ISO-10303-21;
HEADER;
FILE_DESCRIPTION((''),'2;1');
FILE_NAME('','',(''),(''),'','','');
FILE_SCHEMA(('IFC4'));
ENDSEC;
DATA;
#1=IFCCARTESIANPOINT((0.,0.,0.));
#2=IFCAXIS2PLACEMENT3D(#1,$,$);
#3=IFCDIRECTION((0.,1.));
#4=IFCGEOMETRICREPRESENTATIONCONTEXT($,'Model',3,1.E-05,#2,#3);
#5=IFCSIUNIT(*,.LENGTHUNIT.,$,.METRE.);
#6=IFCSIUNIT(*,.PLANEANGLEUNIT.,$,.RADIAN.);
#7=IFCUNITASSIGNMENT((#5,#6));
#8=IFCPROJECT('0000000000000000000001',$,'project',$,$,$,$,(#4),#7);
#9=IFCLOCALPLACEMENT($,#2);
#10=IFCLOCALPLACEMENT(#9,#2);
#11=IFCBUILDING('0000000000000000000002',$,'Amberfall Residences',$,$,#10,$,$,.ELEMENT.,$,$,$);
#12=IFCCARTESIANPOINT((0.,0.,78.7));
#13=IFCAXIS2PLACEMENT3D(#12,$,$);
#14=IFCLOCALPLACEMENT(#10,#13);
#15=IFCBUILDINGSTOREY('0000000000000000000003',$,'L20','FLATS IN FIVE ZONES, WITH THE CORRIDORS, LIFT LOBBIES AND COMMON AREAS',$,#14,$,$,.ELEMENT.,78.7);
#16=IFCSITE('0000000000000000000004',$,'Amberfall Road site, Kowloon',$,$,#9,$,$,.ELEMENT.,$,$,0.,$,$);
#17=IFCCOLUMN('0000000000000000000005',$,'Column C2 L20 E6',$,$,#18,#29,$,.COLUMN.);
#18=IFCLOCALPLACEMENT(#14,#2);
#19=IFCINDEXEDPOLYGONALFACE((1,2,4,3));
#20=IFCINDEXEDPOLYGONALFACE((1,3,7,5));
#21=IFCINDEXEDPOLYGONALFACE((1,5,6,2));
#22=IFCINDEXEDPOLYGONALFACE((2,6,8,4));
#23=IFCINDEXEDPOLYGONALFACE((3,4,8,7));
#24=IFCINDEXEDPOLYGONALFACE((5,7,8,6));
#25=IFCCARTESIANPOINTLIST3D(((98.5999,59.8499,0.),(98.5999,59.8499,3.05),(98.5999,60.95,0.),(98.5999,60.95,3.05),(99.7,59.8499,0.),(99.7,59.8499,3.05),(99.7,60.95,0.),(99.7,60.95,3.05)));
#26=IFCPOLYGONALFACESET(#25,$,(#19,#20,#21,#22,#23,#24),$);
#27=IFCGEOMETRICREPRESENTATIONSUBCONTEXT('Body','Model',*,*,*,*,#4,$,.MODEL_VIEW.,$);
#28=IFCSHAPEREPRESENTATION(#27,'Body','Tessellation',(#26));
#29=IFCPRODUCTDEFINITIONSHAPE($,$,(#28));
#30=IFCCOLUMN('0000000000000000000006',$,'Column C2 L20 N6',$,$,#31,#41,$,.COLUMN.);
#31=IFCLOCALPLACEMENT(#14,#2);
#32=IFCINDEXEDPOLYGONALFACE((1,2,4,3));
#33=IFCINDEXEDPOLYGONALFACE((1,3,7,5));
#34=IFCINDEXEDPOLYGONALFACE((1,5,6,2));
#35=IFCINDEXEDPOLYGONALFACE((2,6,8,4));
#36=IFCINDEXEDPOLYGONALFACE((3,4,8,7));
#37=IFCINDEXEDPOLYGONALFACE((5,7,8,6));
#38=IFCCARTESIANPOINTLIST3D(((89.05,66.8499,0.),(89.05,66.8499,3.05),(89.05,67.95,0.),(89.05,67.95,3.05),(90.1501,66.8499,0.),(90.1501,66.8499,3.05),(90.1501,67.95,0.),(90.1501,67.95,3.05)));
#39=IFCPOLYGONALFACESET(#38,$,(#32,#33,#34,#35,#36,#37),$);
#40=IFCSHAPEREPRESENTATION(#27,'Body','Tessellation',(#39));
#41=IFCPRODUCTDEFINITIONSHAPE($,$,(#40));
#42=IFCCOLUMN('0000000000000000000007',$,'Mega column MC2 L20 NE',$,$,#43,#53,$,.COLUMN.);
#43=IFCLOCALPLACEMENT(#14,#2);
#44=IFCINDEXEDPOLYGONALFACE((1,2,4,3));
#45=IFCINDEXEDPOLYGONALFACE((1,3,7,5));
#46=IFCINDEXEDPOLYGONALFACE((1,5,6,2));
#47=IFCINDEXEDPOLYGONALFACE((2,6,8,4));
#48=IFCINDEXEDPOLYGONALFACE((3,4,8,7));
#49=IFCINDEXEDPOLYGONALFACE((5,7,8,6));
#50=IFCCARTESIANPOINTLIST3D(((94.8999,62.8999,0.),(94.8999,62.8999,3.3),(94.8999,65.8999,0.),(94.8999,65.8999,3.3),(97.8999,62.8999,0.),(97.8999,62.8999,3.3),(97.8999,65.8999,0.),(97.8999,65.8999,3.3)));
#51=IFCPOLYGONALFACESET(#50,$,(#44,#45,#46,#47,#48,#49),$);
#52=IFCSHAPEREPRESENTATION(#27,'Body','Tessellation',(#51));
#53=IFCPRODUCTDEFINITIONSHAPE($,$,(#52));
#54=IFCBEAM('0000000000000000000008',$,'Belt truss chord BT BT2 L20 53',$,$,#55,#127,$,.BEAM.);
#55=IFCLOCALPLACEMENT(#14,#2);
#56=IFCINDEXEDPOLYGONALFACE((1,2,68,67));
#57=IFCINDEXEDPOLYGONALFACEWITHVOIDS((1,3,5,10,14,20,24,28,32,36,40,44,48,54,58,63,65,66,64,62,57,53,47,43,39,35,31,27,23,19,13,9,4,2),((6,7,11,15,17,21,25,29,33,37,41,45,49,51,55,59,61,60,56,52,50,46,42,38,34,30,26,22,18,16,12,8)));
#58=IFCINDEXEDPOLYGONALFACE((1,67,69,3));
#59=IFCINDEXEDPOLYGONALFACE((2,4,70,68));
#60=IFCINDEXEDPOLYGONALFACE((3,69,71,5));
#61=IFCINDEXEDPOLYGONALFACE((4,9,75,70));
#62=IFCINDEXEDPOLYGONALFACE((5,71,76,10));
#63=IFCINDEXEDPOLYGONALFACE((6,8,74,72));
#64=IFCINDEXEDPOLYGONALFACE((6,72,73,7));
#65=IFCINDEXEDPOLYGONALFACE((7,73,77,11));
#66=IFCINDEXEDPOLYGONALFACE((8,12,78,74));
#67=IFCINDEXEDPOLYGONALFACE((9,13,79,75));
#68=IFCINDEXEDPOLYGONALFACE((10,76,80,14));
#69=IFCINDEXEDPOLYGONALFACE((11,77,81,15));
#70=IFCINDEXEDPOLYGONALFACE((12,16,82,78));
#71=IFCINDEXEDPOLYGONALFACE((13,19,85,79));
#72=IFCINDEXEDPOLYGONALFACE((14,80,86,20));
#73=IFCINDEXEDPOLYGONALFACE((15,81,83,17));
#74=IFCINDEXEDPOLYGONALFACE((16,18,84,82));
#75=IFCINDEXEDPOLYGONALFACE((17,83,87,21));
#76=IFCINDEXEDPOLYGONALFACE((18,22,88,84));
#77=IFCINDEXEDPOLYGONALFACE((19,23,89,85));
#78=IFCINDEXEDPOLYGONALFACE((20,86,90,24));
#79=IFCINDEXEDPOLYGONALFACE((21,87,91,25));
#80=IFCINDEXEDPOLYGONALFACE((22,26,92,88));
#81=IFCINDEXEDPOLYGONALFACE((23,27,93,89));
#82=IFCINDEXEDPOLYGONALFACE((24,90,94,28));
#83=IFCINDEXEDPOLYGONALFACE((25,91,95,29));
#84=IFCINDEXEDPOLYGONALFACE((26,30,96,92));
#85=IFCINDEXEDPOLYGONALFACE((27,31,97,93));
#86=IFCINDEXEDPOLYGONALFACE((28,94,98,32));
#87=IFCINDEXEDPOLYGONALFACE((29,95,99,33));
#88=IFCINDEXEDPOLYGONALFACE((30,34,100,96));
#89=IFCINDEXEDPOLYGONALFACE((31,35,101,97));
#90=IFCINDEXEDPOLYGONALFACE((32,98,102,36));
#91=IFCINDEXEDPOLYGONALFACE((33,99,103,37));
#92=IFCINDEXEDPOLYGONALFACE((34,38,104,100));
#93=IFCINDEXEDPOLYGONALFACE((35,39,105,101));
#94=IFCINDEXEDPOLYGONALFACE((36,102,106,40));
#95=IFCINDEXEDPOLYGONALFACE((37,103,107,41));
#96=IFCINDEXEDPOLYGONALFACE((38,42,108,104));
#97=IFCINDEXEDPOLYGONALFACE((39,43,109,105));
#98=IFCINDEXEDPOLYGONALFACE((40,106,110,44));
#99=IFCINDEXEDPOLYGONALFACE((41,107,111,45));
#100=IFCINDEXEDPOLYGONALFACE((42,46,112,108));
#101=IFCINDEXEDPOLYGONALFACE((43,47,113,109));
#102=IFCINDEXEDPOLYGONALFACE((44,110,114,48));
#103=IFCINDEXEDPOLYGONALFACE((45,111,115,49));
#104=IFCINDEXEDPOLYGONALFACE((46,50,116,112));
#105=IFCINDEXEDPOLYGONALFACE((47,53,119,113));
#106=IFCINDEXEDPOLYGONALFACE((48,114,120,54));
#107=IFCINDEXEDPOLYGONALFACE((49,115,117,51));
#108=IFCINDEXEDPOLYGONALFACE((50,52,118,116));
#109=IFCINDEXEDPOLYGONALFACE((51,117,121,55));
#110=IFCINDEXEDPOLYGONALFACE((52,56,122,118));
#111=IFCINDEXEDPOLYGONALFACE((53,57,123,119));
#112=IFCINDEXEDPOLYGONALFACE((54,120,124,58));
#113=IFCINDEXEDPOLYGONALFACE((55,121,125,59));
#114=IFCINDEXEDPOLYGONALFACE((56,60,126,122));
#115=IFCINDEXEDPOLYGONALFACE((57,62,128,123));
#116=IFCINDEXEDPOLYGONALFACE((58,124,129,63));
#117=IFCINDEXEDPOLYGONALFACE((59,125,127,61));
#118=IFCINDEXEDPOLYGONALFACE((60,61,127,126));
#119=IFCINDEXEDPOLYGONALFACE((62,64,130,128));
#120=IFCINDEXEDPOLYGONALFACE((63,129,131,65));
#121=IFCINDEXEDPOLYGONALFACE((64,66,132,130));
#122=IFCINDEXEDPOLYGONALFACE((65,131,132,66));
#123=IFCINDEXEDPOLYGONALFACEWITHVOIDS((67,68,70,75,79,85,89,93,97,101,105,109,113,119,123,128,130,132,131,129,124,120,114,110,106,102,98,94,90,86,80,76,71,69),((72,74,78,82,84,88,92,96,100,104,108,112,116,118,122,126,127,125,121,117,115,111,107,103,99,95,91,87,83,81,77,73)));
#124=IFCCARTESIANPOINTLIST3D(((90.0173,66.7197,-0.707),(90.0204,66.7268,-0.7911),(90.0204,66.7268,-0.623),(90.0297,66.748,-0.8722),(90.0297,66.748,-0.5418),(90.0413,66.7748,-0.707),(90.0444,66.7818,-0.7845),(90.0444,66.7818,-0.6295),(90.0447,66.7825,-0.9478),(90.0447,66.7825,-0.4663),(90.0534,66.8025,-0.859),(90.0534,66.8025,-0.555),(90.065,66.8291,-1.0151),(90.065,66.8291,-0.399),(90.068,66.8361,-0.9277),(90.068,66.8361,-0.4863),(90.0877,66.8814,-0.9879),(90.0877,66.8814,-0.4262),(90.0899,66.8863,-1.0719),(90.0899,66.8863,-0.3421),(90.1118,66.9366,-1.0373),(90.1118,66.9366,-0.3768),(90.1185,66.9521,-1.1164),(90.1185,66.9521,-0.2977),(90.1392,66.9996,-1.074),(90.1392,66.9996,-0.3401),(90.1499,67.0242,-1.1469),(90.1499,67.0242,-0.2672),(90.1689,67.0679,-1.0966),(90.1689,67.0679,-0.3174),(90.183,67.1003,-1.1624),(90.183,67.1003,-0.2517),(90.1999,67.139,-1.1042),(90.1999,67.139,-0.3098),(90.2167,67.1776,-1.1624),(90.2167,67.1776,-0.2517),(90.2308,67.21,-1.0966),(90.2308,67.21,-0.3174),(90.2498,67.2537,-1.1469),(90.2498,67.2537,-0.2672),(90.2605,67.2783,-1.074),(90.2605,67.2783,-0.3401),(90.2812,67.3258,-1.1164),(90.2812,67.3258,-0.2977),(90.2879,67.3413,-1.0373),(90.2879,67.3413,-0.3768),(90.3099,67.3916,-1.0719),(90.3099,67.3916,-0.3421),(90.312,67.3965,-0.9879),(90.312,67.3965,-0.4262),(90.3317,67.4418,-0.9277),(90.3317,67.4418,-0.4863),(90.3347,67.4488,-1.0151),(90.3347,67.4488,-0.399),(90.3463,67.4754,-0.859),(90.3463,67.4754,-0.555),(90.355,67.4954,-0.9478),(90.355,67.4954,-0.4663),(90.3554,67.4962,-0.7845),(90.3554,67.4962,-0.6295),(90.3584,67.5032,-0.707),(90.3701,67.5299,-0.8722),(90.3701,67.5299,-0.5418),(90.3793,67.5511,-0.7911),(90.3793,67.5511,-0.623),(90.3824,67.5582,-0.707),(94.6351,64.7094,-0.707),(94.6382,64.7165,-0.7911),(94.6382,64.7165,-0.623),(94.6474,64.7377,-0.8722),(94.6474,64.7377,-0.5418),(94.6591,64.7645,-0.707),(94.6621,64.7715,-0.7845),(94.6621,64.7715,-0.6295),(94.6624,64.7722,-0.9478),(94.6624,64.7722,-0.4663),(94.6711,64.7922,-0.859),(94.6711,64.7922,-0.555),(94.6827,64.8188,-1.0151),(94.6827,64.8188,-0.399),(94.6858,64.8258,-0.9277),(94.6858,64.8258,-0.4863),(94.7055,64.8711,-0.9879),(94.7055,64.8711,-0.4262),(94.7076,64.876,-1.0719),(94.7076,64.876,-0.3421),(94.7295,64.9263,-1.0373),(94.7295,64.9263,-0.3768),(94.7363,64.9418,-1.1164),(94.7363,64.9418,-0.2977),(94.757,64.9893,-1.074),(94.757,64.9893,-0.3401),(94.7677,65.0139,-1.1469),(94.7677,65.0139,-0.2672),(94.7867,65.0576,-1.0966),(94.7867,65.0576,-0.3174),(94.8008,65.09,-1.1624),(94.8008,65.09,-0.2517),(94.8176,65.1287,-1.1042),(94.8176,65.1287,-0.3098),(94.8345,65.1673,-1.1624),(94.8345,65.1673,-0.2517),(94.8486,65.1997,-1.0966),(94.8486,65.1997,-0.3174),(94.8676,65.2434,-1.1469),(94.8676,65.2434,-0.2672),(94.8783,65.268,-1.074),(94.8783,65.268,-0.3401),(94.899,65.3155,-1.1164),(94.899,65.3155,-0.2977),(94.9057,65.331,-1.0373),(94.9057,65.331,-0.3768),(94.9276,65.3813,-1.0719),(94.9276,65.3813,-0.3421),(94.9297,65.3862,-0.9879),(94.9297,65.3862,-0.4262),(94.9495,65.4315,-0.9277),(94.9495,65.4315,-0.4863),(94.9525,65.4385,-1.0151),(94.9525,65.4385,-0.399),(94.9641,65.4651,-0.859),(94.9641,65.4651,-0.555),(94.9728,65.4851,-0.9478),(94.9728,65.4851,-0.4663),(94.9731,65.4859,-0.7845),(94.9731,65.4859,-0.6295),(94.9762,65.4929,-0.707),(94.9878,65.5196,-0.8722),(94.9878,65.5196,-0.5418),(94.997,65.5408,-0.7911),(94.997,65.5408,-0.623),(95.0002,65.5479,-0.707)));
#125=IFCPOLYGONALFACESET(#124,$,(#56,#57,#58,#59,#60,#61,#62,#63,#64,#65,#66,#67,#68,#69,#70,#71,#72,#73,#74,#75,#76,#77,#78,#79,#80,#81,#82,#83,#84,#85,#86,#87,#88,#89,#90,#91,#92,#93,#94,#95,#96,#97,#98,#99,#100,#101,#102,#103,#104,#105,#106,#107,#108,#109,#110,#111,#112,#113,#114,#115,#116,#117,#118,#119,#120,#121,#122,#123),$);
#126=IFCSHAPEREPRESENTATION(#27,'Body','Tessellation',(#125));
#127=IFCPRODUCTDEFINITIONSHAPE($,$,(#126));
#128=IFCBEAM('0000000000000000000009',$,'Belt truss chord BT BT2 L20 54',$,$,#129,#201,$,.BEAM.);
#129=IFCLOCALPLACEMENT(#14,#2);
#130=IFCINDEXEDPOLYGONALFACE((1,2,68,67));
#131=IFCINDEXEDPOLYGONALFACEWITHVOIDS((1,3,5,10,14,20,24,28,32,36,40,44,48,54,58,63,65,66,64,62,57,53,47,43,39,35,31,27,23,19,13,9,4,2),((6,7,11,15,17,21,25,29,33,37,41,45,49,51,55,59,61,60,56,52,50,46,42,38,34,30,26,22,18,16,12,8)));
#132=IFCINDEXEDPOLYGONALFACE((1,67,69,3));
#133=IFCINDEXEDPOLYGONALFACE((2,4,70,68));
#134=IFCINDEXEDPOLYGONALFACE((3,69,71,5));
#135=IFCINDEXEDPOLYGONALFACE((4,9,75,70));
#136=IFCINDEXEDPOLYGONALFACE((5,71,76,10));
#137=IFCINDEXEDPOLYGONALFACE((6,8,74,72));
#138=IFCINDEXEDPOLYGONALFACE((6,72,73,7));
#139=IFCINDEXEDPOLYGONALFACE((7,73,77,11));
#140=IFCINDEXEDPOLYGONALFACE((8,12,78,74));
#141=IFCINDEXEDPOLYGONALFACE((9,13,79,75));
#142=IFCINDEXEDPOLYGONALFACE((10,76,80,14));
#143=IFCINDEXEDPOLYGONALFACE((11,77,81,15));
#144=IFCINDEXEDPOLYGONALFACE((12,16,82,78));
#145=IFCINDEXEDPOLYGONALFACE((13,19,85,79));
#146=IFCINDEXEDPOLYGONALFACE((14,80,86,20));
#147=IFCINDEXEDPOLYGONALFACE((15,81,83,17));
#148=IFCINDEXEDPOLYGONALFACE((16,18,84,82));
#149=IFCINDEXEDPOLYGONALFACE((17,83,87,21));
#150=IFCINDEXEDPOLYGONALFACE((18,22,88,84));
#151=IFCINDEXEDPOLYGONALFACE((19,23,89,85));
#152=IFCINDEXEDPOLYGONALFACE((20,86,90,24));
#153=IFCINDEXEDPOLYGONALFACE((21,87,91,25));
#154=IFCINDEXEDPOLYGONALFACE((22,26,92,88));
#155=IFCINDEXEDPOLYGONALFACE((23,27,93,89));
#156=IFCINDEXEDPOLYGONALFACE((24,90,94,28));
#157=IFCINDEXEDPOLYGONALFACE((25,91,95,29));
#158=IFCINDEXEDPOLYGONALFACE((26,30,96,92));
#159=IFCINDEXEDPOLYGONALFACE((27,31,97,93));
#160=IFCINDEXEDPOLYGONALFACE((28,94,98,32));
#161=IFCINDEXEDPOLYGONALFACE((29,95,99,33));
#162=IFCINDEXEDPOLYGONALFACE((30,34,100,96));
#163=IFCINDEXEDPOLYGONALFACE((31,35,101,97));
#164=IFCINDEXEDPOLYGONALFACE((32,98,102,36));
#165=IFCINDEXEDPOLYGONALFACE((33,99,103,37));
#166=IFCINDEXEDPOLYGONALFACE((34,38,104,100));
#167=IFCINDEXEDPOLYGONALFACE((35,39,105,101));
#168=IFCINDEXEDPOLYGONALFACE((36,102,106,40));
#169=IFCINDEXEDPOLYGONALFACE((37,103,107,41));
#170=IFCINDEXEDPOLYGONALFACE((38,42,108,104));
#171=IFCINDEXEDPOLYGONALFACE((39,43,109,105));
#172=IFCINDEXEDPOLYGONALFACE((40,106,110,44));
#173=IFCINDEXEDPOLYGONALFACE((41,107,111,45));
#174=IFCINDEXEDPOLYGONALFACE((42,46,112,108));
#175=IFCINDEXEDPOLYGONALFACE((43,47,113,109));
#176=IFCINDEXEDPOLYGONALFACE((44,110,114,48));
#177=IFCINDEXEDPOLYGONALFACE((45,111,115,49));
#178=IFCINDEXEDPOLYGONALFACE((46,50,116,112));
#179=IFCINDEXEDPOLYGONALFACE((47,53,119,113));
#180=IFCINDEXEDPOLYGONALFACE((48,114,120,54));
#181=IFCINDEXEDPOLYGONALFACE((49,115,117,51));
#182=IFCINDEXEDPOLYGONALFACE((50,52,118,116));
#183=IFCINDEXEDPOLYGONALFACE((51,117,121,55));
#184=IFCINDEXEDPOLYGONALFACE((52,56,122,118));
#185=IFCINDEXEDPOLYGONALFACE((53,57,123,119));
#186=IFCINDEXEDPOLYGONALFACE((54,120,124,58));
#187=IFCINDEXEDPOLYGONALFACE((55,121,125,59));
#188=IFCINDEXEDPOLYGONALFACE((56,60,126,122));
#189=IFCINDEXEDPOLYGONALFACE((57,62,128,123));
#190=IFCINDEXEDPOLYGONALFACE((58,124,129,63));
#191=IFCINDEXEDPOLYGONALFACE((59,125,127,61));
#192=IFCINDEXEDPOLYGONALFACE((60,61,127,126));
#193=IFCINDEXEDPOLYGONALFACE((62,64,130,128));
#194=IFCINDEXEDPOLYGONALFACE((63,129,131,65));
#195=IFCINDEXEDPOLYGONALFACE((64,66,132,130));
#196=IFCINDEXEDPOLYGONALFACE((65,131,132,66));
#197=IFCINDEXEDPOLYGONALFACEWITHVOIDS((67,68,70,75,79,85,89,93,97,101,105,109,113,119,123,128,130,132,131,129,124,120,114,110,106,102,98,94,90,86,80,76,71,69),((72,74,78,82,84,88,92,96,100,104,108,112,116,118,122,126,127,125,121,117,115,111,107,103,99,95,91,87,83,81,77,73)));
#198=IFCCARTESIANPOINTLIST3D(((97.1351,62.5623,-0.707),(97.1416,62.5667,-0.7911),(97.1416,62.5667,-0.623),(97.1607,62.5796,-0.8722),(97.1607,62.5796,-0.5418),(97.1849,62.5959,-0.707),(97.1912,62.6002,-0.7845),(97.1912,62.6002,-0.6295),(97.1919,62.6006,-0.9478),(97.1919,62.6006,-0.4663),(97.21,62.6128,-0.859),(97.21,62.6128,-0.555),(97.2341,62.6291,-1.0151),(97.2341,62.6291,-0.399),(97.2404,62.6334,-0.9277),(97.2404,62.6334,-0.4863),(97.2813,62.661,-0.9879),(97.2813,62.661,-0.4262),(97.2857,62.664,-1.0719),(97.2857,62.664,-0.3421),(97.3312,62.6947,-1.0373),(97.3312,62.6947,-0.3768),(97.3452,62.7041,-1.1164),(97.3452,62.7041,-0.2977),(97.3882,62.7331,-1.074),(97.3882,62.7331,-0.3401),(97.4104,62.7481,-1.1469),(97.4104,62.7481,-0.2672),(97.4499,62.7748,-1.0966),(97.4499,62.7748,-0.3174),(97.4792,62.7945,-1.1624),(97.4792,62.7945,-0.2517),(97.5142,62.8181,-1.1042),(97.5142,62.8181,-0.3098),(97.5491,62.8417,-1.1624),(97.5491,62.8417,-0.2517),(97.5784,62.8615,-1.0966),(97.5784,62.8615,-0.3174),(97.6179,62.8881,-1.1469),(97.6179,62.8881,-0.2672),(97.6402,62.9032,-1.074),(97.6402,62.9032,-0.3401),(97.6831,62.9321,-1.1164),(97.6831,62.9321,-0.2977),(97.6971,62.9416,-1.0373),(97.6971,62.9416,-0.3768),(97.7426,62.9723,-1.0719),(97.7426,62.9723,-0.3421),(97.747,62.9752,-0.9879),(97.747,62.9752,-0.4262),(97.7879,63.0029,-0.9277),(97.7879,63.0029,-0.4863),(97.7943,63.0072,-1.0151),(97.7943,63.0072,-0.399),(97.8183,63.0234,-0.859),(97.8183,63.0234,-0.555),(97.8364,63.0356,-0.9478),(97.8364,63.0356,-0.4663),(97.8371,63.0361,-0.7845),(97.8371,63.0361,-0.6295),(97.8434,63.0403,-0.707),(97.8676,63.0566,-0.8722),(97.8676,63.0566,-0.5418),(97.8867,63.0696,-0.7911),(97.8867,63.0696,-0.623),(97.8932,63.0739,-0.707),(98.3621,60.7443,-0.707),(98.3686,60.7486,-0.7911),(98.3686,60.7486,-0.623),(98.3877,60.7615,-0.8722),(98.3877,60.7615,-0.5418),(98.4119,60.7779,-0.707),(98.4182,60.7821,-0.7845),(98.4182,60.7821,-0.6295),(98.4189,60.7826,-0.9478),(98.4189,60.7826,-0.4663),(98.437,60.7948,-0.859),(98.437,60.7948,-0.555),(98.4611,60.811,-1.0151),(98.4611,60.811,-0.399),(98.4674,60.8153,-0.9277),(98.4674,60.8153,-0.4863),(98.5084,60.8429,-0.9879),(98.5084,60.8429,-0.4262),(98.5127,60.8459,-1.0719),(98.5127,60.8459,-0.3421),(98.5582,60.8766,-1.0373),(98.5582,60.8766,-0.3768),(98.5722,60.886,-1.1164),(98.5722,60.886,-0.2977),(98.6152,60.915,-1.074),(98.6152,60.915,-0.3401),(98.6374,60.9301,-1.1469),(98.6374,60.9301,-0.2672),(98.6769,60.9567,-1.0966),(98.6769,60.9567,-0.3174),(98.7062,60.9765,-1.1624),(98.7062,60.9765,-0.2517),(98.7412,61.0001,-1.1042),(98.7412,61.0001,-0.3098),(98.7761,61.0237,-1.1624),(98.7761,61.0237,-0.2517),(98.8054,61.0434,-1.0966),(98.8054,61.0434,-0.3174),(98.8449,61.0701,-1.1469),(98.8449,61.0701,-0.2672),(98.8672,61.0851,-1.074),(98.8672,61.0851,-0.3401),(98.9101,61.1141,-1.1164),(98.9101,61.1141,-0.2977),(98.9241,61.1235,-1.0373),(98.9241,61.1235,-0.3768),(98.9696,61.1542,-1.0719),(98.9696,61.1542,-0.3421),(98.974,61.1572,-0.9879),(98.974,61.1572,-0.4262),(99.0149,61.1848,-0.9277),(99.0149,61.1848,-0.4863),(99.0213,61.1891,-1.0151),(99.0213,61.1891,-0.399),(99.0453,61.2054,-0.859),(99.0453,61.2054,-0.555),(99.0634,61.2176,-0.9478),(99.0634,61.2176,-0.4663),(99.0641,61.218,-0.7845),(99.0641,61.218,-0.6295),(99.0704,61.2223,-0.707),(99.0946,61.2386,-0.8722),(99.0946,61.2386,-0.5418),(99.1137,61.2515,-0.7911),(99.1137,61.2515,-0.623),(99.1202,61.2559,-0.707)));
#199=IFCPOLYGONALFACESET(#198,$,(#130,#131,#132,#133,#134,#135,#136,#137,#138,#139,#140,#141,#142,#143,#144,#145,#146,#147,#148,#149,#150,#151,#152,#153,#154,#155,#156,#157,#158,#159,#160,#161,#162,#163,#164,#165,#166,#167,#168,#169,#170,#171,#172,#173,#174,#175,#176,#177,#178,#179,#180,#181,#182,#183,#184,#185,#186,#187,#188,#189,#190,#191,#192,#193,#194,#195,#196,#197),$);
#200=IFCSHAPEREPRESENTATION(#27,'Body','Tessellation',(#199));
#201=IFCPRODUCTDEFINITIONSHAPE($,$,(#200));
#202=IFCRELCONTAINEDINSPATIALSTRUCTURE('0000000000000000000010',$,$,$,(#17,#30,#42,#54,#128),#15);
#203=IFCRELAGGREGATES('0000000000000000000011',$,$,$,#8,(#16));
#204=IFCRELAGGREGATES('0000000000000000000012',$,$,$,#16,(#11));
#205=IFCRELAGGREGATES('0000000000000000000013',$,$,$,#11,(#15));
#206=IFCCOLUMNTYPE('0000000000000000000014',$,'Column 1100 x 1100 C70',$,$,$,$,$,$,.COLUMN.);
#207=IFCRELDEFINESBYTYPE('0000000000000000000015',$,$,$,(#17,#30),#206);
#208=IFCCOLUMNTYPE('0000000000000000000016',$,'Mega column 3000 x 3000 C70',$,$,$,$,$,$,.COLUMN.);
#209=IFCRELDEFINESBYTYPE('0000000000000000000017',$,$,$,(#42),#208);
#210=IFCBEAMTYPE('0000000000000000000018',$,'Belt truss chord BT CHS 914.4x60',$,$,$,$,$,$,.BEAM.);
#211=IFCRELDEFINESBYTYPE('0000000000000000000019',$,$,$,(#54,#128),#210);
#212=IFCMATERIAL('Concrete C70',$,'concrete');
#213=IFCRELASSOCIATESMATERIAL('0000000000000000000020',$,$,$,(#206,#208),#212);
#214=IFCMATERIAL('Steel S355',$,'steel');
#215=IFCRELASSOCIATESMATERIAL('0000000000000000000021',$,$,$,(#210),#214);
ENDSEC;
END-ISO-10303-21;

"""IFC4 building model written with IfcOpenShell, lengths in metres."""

from ifc_helpers import new_model, si_unit, direction, frame, origin, origin_2d, place, context, subcontext, project, spatial, rectangle, hollow_circle, extrude, material, material_profile, profile_set, type_object, element, save


model = new_model("IFC4")

# Units and contexts
model_context = context("Model", 3, precision=1e-05, world=origin(), true_north=direction((0.0, 1.0)))
body_context = subcontext(model_context, "Body", "Model", "MODEL_VIEW")
ifc_project = project(units=[si_unit("LENGTHUNIT", "METRE"), si_unit("PLANEANGLEUNIT", "RADIAN")], contexts=[model_context])

# Site, building, storey
site_placement = place(None, origin())
site = spatial("IfcSite", under=ifc_project, at=site_placement, Name="Amberfall Road site, Kowloon", CompositionType="ELEMENT", RefElevation=0.0)
building_placement = place(site_placement, origin())
building = spatial("IfcBuilding", under=site, at=building_placement, Name="Amberfall Residences", CompositionType="ELEMENT")
storey_placement = place(building_placement, frame((0.0, 0.0, 78.7)))
storey = spatial("IfcBuildingStorey", under=building, at=storey_placement, Name="L20", Description="FLATS IN FIVE ZONES, WITH THE CORRIDORS, LIFT LOBBIES AND COMMON AREAS", CompositionType="ELEMENT", Elevation=78.7)

# Columns
ifc_material_1 = material(Name="Concrete C70", Category="concrete")
ifc_material_profile_1 = material_profile(ifc_material_1, rectangle(XDim=1.1001, YDim=1.1001, at=origin_2d()), Name="Column 1100 x 1100 C70")
ifc_profile_set_1 = profile_set([ifc_material_profile_1], Name="Concrete C70")
column_type_1 = type_object("IfcColumnType", Name="Column 1100 x 1100 C70", PredefinedType="COLUMN", material=ifc_profile_set_1)
for number, where, z_axis, x_axis, name in (
    (1, (99.1499, 60.3999, 0.0), (0.0, 0.0, 1.0), (1.0, 0.0, 0.0), "Column C2 L20 E6"),
    (2, (89.6001, 67.3999, 0.0), (0.0, 0.0, 1.0), (1.0, 0.0, 0.0), "Column C2 L20 N6"),
):
    element("IfcColumn", number, at=place(storey_placement, frame(where, z_axis=z_axis, x_axis=x_axis)), inside=storey, type_object=column_type_1, Name=name, PredefinedType="COLUMN", context=body_context, shape_type="SweptSolid", body=[
        extrude(rectangle(XDim=1.1001, YDim=1.1001, at=origin_2d()), origin(), (0.0, 0.0, 1.0), 3.05),
    ])
ifc_material_profile_2 = material_profile(ifc_material_1, rectangle(XDim=3.0, YDim=3.0, at=origin_2d()), Name="Mega column 3000 x 3000 C70")
ifc_profile_set_2 = profile_set([ifc_material_profile_2], Name="Concrete C70")
column_type_2 = type_object("IfcColumnType", Name="Mega column 3000 x 3000 C70", PredefinedType="COLUMN", material=ifc_profile_set_2)
column_placement = place(storey_placement, frame((96.3999, 64.3999, 0.0), z_axis=(0.0, 0.0, 1.0), x_axis=(1.0, 0.0, 0.0)))
element("IfcColumn", 3, at=column_placement, inside=storey, type_object=column_type_2, Name="Mega column MC2 L20 NE", PredefinedType="COLUMN", context=body_context, shape_type="SweptSolid", body=[
    extrude(rectangle(XDim=3.0, YDim=3.0, at=origin_2d()), origin(), (0.0, 0.0, 1.0), 3.3),
])

# Beams
ifc_material_2 = material(Name="Steel S355", Category="steel")
ifc_material_profile_3 = material_profile(ifc_material_2, hollow_circle(Radius=0.4573, WallThickness=0.0601, at=origin_2d()), Name="CHS 914.4x60")
ifc_profile_set_3 = profile_set([ifc_material_profile_3], Name="Steel S355")
beam_type_1 = type_object("IfcBeamType", Name="Belt truss chord BT CHS 914.4x60", PredefinedType="BEAM", material=ifc_profile_set_3)
beam_1_placement = place(storey_placement, frame((94.8176, 65.1287, -0.707), z_axis=(-0.916883, 0.399155, 0.0), x_axis=(-0.399155, -0.916883, 0.0)))
element("IfcBeam", 4, at=beam_1_placement, inside=storey, type_object=beam_type_1, Name="Belt truss chord BT BT2 L20 53", PredefinedType="BEAM", context=body_context, shape_type="SweptSolid", body=[
    extrude(hollow_circle(Radius=0.4573, WallThickness=0.0601, at=origin_2d()), origin(), (0.0, 0.0, 1.0), 5.0364),
])
beam_2_placement = place(storey_placement, frame((97.5142, 62.8181, -0.707), z_axis=(0.559417, -0.828886, 0.0), x_axis=(0.828886, 0.559417, 0.0)))
element("IfcBeam", 5, at=beam_2_placement, inside=storey, type_object=beam_type_1, Name="Belt truss chord BT BT2 L20 54", PredefinedType="BEAM", context=body_context, shape_type="SweptSolid", body=[
    extrude(hollow_circle(Radius=0.4573, WallThickness=0.0601, at=origin_2d()), origin(), (0.0, 0.0, 1.0), 2.1934),
])

save(model, "model.ifc")
